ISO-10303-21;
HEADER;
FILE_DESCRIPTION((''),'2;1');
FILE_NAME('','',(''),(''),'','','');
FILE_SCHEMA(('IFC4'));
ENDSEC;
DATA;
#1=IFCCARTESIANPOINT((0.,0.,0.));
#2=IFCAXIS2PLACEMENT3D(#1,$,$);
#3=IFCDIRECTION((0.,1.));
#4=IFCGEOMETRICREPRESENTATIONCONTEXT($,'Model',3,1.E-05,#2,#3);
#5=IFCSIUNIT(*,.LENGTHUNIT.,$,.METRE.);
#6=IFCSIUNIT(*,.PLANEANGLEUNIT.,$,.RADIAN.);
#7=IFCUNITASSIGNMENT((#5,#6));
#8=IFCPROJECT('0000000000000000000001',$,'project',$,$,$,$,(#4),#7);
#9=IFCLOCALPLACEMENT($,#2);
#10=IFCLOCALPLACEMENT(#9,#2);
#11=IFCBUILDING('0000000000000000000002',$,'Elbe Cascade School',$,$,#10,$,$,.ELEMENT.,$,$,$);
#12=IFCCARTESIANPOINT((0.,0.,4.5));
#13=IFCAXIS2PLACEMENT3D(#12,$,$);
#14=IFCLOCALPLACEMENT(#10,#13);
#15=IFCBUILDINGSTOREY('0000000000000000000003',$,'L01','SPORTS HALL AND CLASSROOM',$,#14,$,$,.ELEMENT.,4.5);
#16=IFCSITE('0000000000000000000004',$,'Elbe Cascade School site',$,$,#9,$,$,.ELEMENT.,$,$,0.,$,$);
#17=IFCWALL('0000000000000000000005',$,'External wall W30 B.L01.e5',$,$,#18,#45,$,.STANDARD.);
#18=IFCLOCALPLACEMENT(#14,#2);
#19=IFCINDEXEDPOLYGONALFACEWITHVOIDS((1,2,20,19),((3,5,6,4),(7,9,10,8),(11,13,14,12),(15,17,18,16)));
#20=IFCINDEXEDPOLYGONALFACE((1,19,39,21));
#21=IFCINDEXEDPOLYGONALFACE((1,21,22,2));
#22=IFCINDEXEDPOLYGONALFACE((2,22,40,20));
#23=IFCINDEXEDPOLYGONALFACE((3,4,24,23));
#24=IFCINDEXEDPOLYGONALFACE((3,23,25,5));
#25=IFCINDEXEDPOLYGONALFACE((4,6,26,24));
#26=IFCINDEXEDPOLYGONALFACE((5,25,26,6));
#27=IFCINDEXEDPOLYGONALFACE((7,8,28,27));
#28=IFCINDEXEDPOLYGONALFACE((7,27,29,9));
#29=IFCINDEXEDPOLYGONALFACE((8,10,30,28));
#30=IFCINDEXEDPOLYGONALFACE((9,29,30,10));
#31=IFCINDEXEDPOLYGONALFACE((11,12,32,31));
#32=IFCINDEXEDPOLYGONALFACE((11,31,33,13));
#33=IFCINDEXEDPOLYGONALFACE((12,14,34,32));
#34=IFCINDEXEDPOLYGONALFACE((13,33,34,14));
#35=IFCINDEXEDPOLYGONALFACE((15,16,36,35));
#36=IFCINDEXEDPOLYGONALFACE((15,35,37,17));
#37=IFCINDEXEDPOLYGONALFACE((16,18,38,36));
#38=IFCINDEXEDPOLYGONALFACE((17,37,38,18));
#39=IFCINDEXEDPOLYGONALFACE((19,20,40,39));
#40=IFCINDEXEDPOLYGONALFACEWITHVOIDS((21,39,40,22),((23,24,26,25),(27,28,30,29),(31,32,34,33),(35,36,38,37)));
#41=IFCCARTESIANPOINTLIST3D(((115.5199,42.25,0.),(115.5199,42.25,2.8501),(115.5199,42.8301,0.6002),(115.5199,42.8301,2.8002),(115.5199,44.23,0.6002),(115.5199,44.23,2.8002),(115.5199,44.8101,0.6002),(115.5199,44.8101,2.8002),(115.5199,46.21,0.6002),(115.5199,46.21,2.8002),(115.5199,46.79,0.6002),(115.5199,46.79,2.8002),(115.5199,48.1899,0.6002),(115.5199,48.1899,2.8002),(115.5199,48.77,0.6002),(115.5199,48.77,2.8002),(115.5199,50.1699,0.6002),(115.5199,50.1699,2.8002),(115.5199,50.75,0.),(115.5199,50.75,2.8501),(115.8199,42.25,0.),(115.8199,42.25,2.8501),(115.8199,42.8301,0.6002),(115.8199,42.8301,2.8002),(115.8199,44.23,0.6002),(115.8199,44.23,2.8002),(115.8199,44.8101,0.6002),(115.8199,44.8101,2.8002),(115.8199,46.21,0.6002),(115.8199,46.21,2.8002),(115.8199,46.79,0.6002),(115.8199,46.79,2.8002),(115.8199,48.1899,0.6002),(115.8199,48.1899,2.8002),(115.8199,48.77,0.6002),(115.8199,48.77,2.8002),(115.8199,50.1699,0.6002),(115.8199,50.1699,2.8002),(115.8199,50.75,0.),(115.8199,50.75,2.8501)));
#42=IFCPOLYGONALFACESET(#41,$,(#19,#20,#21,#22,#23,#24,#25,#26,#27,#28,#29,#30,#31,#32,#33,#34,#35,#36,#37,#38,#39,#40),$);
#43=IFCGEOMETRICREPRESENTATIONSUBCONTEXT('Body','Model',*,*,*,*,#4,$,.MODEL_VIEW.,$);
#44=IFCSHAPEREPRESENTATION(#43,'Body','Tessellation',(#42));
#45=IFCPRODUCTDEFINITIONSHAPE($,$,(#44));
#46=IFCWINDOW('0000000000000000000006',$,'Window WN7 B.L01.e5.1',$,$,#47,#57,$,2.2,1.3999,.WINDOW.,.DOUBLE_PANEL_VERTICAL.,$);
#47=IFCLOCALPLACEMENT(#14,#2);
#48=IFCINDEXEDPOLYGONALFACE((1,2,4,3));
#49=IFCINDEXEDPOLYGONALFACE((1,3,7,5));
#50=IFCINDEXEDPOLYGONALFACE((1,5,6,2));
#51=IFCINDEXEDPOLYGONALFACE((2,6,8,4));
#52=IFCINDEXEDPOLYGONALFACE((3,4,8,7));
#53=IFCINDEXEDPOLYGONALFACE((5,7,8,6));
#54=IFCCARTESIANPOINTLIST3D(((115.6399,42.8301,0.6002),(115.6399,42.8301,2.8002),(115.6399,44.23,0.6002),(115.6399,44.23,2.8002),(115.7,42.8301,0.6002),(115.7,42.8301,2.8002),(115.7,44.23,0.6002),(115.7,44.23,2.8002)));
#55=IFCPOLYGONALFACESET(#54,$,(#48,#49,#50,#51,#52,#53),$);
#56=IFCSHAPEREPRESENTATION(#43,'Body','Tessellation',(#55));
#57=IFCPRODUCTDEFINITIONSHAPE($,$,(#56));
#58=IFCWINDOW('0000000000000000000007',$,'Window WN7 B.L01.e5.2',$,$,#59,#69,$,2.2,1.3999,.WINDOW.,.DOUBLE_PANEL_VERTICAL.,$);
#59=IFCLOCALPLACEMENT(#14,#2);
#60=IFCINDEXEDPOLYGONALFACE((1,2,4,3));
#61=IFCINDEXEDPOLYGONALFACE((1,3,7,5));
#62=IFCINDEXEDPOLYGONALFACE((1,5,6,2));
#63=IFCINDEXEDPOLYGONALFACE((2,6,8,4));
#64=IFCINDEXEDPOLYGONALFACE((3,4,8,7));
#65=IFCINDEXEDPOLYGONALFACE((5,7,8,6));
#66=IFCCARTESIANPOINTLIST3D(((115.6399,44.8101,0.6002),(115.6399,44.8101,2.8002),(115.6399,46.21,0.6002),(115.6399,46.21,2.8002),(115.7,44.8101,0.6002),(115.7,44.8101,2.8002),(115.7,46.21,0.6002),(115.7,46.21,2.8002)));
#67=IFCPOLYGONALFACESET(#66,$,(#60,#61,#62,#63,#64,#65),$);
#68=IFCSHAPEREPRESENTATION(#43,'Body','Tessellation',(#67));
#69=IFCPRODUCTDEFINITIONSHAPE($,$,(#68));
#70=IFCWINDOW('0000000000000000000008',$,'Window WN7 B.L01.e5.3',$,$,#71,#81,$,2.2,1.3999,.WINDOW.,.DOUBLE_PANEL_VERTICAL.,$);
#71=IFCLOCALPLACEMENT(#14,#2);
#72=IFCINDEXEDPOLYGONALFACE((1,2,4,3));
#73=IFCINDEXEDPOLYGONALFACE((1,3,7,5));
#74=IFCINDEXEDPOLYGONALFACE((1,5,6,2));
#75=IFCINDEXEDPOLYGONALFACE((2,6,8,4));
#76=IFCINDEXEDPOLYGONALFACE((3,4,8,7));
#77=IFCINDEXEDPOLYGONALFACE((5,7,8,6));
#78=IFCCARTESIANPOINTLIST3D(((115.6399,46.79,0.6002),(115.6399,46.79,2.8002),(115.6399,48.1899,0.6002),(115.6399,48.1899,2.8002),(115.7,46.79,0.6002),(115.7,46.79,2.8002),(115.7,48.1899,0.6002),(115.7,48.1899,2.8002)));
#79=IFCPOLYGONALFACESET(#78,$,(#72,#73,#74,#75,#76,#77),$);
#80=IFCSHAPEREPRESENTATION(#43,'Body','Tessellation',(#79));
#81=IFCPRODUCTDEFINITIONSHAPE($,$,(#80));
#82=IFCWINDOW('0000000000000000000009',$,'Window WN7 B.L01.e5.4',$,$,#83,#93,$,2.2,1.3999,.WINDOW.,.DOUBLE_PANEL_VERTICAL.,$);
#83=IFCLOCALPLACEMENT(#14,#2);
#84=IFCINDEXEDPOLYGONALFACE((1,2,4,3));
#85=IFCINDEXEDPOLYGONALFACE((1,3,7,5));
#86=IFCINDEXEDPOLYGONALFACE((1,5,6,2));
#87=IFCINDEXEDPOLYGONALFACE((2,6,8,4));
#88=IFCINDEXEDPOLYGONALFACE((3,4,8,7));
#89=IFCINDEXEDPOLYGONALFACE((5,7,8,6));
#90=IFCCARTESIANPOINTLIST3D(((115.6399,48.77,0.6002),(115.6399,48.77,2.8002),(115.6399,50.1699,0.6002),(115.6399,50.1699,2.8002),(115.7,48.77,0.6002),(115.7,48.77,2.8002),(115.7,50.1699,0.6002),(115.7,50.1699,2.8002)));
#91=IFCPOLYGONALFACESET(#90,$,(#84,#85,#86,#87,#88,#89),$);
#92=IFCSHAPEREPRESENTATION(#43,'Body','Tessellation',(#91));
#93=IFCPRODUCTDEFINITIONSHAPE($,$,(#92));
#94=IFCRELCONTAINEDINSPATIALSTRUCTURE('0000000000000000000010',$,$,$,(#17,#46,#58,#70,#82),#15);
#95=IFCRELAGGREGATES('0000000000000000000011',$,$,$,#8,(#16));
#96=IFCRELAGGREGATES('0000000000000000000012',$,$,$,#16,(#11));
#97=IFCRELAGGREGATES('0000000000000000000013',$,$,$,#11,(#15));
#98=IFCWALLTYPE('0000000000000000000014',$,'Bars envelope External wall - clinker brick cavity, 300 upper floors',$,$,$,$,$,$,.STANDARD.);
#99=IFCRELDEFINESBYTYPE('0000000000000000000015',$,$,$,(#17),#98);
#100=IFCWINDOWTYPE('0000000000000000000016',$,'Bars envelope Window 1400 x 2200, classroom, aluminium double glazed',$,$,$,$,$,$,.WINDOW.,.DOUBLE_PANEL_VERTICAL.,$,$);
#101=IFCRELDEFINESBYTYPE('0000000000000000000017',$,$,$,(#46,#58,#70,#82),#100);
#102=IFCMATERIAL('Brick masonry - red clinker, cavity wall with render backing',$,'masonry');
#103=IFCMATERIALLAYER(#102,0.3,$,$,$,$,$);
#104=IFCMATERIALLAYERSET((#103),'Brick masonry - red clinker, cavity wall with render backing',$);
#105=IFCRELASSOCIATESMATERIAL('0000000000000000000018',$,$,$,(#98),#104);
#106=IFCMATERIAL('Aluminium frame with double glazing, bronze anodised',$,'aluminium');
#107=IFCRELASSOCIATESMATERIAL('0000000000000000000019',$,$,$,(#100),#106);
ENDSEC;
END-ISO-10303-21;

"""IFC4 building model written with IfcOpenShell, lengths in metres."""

from ifc_helpers import new_model, si_unit, direction, frame, frame_2d, origin, place, context, subcontext, project, spatial, rectangle, extrude, material, layer, layer_set, type_object, element, fill, save


model = new_model("IFC4")

# Units and contexts
model_context = context("Model", 3, precision=1e-05, world=origin(), true_north=direction((0.0, 1.0)))
body_context = subcontext(model_context, "Body", "Model", "MODEL_VIEW")
ifc_project = project(units=[si_unit("LENGTHUNIT", "METRE"), si_unit("PLANEANGLEUNIT", "RADIAN")], contexts=[model_context])

# Site, building, storey
site_placement = place(None, origin())
site = spatial("IfcSite", under=ifc_project, at=site_placement, Name="Elbe Cascade School site", CompositionType="ELEMENT", RefElevation=0.0)
building_placement = place(site_placement, origin())
building = spatial("IfcBuilding", under=site, at=building_placement, Name="Elbe Cascade School", CompositionType="ELEMENT")
storey_placement = place(building_placement, frame((0.0, 0.0, 4.5)))
storey = spatial("IfcBuildingStorey", under=building, at=storey_placement, Name="L01", Description="SPORTS HALL AND CLASSROOM", CompositionType="ELEMENT", Elevation=4.5)

# Wall, openings, windows
ifc_material_1 = material(Name="Brick masonry - red clinker, cavity wall with render backing", Category="masonry")
ifc_layer_1 = layer(ifc_material_1, 0.3)
ifc_layer_set_1 = layer_set([ifc_layer_1], Name="Brick masonry - red clinker, cavity wall with render backing")
wall_type_1 = type_object("IfcWallType", Name="Bars envelope External wall - clinker brick cavity, 300 upper floors", PredefinedType="STANDARD", material=ifc_layer_set_1)
wall_1_placement = place(storey_placement, frame((115.6699, 50.75, 0.0), z_axis=(0.0, 0.0, 1.0), x_axis=(0.0, -1.0, 0.0)))
wall_1 = element("IfcWall", 1, at=wall_1_placement, inside=storey, type_object=wall_type_1, Name="External wall W30 B.L01.e5", PredefinedType="STANDARD", context=body_context, shape_type="SweptSolid", body=[
    extrude(rectangle(XDim=8.5, YDim=0.3, at=frame_2d((4.25, 0.0))), origin(), (0.0, 0.0, 1.0), 2.8501),
])
opening_1_placement = place(wall_1_placement, frame((6.52, 0.0, 0.6001)))
opening_1 = element("IfcOpeningElement", 2, at=opening_1_placement, cuts=wall_1, PredefinedType="OPENING", context=body_context, shape_type="SweptSolid", body=[
    extrude(rectangle(XDim=1.3999, YDim=2.2, at=frame_2d((0.7, 1.1001))), frame((0.0, 0.1599, 0.0), z_axis=(0.0, -1.0, 0.0), x_axis=(1.0, 0.0, 0.0)), (0.0, 0.0, 1.0), 0.3201),
])
opening_2_placement = place(wall_1_placement, frame((4.54, 0.0, 0.6001)))
opening_2 = element("IfcOpeningElement", 3, at=opening_2_placement, cuts=wall_1, PredefinedType="OPENING", context=body_context, shape_type="SweptSolid", body=[
    extrude(rectangle(XDim=1.3999, YDim=2.2, at=frame_2d((0.7, 1.1001))), frame((0.0, 0.1599, 0.0), z_axis=(0.0, -1.0, 0.0), x_axis=(1.0, 0.0, 0.0)), (0.0, 0.0, 1.0), 0.3201),
])
opening_3_placement = place(wall_1_placement, frame((2.5601, 0.0, 0.6001)))
opening_3 = element("IfcOpeningElement", 4, at=opening_3_placement, cuts=wall_1, PredefinedType="OPENING", context=body_context, shape_type="SweptSolid", body=[
    extrude(rectangle(XDim=1.3999, YDim=2.2, at=frame_2d((0.7, 1.1001))), frame((0.0, 0.1599, 0.0), z_axis=(0.0, -1.0, 0.0), x_axis=(1.0, 0.0, 0.0)), (0.0, 0.0, 1.0), 0.3201),
])
opening_4_placement = place(wall_1_placement, frame((0.5801, 0.0, 0.6001)))
opening_4 = element("IfcOpeningElement", 5, at=opening_4_placement, cuts=wall_1, PredefinedType="OPENING", context=body_context, shape_type="SweptSolid", body=[
    extrude(rectangle(XDim=1.3999, YDim=2.2, at=frame_2d((0.7, 1.1001))), frame((0.0, 0.1599, 0.0), z_axis=(0.0, -1.0, 0.0), x_axis=(1.0, 0.0, 0.0)), (0.0, 0.0, 1.0), 0.3201),
])
ifc_material_2 = material(Name="Aluminium frame with double glazing, bronze anodised", Category="aluminium")
window_type_1 = type_object("IfcWindowType", Name="Bars envelope Window 1400 x 2200, classroom, aluminium double glazed", PartitioningType="DOUBLE_PANEL_VERTICAL", PredefinedType="WINDOW", material=ifc_material_2)
window_1_placement = place(opening_1_placement, origin())
window_1 = element("IfcWindow", 6, at=window_1_placement, inside=storey, type_object=window_type_1, Name="Window WN7 B.L01.e5.1", OverallHeight=2.2, OverallWidth=1.3999, PartitioningType="DOUBLE_PANEL_VERTICAL", PredefinedType="WINDOW", context=body_context, shape_type="SweptSolid", body=[
    extrude(rectangle(XDim=1.3999, YDim=2.2, at=frame_2d((0.7, 1.1001))), frame((0.0, 0.03, 0.0), z_axis=(0.0, -1.0, 0.0), x_axis=(1.0, 0.0, 0.0)), (0.0, 0.0, 1.0), 0.0601),
])
fill(opening_1, window_1)
window_2_placement = place(opening_2_placement, origin())
window_2 = element("IfcWindow", 7, at=window_2_placement, inside=storey, type_object=window_type_1, Name="Window WN7 B.L01.e5.2", OverallHeight=2.2, OverallWidth=1.3999, PartitioningType="DOUBLE_PANEL_VERTICAL", PredefinedType="WINDOW", context=body_context, shape_type="SweptSolid", body=[
    extrude(rectangle(XDim=1.3999, YDim=2.2, at=frame_2d((0.7, 1.1001))), frame((0.0, 0.03, 0.0), z_axis=(0.0, -1.0, 0.0), x_axis=(1.0, 0.0, 0.0)), (0.0, 0.0, 1.0), 0.0601),
])
fill(opening_2, window_2)
window_3_placement = place(opening_3_placement, origin())
window_3 = element("IfcWindow", 8, at=window_3_placement, inside=storey, type_object=window_type_1, Name="Window WN7 B.L01.e5.3", OverallHeight=2.2, OverallWidth=1.3999, PartitioningType="DOUBLE_PANEL_VERTICAL", PredefinedType="WINDOW", context=body_context, shape_type="SweptSolid", body=[
    extrude(rectangle(XDim=1.3999, YDim=2.2, at=frame_2d((0.7, 1.1001))), frame((0.0, 0.03, 0.0), z_axis=(0.0, -1.0, 0.0), x_axis=(1.0, 0.0, 0.0)), (0.0, 0.0, 1.0), 0.0601),
])
fill(opening_3, window_3)
window_4_placement = place(opening_4_placement, origin())
window_4 = element("IfcWindow", 9, at=window_4_placement, inside=storey, type_object=window_type_1, Name="Window WN7 B.L01.e5.4", OverallHeight=2.2, OverallWidth=1.3999, PartitioningType="DOUBLE_PANEL_VERTICAL", PredefinedType="WINDOW", context=body_context, shape_type="SweptSolid", body=[
    extrude(rectangle(XDim=1.3999, YDim=2.2, at=frame_2d((0.7, 1.1001))), frame((0.0, 0.03, 0.0), z_axis=(0.0, -1.0, 0.0), x_axis=(1.0, 0.0, 0.0)), (0.0, 0.0, 1.0), 0.0601),
])
fill(opening_4, window_4)

save(model, "model.ifc")
